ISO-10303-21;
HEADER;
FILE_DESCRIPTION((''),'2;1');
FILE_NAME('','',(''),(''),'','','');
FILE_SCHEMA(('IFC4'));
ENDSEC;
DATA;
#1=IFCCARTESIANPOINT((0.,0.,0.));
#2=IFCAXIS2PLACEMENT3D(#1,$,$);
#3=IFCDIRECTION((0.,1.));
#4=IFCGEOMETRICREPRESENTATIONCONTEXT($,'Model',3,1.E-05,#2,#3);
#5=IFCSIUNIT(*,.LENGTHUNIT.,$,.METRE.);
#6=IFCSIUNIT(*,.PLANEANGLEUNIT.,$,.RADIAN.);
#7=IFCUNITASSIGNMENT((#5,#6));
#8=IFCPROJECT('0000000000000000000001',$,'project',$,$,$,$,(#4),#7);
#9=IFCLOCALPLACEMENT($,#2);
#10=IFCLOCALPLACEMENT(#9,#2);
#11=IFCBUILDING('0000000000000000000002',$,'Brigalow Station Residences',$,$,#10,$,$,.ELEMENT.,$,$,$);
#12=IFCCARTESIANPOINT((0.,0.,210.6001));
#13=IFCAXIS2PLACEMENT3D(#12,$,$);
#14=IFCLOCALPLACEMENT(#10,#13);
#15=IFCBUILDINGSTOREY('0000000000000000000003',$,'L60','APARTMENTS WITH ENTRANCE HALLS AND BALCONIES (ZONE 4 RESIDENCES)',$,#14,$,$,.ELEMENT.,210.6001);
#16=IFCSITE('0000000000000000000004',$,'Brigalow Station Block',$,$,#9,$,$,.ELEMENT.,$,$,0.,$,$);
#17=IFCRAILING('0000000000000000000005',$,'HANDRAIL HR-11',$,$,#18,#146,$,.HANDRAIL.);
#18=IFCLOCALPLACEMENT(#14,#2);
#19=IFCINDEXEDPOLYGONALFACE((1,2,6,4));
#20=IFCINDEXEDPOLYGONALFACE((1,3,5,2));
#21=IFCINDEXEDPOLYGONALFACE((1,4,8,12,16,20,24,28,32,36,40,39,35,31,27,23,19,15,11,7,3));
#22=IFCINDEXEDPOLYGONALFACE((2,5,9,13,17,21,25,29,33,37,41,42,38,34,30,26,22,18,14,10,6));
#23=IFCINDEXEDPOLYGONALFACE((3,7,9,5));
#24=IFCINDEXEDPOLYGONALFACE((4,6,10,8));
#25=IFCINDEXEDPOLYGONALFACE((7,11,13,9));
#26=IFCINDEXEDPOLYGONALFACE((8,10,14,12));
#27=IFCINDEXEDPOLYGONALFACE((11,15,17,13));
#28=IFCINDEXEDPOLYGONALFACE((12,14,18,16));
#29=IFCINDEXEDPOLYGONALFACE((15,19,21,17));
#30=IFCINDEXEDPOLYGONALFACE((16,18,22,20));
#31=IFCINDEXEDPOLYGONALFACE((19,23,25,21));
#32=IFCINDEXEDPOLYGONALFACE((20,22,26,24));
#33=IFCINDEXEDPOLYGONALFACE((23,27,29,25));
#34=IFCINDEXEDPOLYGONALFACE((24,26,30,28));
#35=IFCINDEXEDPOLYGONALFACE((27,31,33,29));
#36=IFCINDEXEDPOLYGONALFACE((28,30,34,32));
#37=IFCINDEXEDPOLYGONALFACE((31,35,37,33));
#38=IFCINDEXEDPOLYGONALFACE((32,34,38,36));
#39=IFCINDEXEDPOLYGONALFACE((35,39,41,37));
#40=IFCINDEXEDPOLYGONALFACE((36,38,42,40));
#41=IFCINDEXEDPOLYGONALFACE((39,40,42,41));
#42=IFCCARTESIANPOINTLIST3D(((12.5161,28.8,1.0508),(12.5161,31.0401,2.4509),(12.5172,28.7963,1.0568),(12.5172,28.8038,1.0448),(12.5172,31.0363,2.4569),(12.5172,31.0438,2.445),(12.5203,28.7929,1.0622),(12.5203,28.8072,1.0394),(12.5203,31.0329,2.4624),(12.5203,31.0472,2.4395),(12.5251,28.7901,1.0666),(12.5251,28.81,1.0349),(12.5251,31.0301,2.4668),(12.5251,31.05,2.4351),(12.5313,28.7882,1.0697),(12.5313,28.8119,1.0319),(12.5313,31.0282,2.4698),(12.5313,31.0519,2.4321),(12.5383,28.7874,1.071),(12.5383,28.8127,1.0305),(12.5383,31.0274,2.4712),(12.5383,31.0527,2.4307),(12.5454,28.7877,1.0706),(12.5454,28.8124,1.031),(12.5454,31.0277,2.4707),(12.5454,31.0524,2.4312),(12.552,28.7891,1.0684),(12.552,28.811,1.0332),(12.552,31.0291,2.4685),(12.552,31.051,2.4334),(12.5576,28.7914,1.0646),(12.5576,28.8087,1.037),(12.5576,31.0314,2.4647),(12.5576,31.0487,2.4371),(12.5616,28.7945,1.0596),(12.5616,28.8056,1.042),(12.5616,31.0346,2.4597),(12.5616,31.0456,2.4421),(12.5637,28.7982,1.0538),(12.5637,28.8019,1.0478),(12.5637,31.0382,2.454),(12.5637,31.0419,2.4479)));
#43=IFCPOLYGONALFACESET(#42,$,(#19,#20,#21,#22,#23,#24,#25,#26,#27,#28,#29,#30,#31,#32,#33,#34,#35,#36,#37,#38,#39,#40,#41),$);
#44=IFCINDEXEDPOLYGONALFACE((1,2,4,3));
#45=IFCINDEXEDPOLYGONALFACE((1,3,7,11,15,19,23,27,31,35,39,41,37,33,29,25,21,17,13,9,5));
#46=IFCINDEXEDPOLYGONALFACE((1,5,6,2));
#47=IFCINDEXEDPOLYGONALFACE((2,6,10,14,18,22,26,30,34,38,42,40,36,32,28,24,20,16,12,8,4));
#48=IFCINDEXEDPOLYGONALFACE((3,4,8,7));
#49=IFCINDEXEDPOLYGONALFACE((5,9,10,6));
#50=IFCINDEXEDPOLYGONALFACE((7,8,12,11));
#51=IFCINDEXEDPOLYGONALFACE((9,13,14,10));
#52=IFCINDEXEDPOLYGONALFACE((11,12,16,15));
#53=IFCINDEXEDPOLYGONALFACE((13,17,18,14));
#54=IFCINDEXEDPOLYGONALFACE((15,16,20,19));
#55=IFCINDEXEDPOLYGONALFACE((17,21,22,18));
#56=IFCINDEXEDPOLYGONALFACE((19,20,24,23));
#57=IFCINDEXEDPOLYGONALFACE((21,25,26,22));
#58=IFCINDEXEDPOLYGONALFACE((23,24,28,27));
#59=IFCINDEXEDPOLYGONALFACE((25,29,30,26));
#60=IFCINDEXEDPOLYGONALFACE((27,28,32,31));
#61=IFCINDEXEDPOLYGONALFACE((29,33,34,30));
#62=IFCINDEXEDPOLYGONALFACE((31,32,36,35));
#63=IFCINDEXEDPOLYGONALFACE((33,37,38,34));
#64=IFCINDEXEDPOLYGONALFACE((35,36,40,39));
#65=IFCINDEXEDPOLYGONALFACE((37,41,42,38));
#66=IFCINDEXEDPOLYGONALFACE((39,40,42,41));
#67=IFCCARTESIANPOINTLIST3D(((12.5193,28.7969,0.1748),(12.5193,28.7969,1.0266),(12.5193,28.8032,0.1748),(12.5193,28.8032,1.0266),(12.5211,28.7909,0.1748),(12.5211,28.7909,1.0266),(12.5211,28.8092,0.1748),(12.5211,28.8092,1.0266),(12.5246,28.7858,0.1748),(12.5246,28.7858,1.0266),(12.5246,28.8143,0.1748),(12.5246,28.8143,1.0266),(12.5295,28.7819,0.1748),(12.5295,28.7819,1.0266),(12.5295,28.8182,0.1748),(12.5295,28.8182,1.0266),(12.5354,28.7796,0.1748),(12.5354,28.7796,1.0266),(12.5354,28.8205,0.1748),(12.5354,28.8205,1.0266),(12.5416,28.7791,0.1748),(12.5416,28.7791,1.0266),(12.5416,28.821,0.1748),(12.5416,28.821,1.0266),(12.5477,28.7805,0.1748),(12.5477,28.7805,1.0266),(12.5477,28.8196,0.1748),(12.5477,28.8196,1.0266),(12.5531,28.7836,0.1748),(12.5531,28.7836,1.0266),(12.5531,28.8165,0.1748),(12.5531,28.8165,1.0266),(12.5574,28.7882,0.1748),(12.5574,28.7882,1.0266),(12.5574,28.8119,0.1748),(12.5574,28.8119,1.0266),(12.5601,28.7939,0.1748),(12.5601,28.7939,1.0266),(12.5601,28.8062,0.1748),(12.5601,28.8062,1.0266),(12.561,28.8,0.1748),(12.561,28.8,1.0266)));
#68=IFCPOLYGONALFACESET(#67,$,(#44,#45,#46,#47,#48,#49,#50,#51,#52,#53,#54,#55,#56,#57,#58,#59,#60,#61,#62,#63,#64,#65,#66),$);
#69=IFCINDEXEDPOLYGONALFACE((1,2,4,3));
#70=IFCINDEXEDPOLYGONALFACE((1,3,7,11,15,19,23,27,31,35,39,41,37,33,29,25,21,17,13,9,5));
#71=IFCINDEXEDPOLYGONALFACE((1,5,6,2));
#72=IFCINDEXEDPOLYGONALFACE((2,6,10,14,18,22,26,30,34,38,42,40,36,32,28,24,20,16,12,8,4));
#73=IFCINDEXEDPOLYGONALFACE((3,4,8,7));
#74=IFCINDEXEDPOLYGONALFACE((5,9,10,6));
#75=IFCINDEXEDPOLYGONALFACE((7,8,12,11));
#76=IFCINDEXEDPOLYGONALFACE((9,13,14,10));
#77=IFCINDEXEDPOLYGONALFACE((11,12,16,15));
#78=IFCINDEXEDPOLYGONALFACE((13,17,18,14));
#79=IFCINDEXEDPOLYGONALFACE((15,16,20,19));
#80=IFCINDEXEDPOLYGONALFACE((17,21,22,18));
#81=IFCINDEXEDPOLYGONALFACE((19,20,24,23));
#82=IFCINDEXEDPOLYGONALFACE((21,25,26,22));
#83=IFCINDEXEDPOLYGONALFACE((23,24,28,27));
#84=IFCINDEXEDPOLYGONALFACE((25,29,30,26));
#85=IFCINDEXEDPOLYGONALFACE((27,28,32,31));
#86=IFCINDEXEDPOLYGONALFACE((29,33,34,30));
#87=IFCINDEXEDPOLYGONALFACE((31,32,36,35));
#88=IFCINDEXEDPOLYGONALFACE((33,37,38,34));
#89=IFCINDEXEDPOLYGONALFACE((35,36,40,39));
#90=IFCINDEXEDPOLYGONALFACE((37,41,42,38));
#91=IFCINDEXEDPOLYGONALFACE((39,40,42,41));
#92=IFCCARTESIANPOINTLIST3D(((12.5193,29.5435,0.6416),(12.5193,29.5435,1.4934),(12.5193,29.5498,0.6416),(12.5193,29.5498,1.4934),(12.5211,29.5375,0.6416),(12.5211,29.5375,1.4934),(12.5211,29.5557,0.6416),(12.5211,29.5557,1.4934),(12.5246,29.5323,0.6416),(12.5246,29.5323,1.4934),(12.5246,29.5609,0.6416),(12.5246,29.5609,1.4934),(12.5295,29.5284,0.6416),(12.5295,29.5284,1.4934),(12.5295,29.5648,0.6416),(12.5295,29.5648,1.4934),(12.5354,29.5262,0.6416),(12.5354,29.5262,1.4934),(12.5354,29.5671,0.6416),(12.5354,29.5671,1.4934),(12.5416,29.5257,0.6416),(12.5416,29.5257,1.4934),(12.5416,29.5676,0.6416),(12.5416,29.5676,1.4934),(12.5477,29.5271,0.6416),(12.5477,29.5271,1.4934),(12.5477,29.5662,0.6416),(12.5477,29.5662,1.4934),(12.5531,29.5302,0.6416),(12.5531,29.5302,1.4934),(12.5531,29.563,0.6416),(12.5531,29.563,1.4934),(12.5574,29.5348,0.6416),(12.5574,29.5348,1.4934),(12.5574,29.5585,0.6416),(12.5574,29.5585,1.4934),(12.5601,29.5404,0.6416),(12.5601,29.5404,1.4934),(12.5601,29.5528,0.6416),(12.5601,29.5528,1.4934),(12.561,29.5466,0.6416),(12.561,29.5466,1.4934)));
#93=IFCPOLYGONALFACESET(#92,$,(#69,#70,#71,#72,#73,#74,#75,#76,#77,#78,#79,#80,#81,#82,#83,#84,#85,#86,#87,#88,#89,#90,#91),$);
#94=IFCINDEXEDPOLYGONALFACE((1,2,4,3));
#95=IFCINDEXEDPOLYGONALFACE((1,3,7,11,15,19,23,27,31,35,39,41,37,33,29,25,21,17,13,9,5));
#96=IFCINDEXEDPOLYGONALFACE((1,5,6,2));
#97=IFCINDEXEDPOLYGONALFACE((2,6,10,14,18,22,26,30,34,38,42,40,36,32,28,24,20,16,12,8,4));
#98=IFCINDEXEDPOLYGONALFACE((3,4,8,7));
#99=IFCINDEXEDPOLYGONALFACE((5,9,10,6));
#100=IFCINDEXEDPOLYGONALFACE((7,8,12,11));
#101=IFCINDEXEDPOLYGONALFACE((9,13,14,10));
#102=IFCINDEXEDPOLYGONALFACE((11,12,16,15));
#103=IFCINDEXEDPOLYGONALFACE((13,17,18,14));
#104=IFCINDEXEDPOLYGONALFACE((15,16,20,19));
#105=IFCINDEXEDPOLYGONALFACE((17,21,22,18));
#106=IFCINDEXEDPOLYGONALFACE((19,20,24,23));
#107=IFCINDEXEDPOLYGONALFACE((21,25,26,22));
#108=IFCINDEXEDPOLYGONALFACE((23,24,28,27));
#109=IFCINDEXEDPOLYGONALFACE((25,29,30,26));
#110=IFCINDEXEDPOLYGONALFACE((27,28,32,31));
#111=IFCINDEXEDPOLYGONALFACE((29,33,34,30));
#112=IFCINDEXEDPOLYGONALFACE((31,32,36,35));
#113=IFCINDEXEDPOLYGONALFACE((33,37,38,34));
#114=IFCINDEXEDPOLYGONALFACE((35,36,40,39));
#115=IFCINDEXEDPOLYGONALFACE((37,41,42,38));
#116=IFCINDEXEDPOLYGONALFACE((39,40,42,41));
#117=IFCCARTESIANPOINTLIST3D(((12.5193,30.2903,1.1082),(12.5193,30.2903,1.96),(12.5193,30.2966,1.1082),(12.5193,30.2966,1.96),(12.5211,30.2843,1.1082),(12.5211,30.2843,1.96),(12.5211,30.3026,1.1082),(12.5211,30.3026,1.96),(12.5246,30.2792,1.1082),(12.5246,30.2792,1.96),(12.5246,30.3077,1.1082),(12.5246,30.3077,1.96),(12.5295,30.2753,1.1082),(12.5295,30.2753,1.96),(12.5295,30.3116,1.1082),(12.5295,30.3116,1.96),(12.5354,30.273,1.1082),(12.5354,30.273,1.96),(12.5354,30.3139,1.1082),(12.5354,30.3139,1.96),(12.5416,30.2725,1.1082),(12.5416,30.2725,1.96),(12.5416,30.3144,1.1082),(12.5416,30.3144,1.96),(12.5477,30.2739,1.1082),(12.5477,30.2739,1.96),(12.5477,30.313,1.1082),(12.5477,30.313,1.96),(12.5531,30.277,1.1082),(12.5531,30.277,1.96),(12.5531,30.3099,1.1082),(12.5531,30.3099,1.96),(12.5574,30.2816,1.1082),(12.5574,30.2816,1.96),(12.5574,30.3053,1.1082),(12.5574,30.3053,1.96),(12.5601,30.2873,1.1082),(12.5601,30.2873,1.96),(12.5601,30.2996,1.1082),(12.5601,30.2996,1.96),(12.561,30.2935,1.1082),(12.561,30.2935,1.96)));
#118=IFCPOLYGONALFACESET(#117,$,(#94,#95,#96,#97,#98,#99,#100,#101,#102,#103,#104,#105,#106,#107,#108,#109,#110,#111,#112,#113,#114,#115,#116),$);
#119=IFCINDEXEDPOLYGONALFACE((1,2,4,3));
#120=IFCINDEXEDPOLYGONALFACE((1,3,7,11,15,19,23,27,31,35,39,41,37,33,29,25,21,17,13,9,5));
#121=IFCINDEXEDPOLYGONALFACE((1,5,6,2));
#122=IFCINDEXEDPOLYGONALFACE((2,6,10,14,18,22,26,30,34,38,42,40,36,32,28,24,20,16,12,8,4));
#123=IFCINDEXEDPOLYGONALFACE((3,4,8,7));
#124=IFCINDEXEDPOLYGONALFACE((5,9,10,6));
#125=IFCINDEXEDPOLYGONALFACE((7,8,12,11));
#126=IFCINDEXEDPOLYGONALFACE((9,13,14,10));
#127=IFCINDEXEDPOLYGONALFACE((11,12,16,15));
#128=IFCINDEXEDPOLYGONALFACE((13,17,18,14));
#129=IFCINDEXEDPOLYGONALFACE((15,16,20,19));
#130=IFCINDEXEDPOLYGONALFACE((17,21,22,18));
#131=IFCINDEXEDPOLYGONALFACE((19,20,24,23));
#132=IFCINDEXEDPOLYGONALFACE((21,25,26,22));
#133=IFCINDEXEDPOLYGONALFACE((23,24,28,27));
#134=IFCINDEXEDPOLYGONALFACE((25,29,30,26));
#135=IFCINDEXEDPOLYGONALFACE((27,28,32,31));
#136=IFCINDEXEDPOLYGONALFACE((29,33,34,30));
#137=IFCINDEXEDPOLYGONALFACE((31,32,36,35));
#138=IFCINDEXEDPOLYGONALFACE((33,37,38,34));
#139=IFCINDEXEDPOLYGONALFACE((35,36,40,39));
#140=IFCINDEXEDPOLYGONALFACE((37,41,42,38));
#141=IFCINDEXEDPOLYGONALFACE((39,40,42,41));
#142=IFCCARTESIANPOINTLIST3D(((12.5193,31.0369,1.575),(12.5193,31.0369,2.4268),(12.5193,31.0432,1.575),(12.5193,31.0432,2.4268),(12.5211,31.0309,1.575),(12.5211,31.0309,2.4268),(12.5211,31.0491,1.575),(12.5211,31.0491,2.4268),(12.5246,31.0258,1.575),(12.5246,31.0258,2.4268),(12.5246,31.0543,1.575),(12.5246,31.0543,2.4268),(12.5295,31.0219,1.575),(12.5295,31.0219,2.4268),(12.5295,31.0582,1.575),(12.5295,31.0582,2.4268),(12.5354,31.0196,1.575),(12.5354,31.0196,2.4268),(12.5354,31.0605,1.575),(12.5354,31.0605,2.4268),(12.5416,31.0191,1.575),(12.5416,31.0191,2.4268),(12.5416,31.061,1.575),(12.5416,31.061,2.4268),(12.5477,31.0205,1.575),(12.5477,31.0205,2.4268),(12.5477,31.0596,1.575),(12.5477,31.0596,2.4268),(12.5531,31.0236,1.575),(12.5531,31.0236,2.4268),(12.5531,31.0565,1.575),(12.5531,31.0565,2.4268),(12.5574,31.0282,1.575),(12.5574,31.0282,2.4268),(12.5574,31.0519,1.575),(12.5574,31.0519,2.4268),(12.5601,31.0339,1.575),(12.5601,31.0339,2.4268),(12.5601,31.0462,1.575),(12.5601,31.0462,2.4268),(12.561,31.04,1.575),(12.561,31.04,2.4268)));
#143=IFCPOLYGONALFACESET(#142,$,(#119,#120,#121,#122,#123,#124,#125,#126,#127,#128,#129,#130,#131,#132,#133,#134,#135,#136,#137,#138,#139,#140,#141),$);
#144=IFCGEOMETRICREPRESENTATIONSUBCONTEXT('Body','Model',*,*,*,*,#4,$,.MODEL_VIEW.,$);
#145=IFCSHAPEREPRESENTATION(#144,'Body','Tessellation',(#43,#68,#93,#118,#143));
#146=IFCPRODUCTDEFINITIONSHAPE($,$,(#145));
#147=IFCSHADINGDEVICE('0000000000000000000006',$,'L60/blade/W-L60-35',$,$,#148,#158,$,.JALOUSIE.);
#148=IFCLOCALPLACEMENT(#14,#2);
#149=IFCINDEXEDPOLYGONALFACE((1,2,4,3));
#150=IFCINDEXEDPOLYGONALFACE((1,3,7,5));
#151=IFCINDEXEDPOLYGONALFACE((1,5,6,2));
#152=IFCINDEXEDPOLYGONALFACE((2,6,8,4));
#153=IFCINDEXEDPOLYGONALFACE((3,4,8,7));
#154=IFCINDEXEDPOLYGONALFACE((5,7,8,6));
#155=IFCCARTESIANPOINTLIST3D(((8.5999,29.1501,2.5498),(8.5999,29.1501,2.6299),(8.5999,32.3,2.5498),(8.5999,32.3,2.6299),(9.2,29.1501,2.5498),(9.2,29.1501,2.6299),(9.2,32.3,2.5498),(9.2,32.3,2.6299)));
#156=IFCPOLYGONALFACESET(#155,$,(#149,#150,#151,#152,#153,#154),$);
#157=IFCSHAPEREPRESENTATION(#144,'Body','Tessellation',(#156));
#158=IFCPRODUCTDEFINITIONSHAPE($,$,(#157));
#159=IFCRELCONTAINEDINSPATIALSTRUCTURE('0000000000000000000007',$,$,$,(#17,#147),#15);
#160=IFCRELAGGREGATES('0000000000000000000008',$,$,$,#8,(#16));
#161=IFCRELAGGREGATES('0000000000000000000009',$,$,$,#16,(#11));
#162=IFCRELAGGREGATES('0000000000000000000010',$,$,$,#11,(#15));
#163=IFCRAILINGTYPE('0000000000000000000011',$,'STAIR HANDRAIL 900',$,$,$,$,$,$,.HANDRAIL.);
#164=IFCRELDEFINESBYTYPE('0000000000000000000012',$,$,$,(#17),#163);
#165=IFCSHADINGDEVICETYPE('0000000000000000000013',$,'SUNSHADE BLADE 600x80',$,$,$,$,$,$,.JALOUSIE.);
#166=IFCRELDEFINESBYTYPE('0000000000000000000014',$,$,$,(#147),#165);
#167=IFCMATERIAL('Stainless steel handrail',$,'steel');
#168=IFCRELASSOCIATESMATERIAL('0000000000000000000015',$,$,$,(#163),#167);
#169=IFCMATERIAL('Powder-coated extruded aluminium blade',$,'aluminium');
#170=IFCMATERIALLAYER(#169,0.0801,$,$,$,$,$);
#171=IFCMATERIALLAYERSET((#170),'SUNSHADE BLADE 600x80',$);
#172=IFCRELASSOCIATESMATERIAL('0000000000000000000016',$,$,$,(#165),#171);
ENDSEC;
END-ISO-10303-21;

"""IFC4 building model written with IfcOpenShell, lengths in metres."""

from ifc_helpers import new_model, si_unit, direction, frame, origin, origin_2d, place, context, subcontext, project, spatial, rectangle, circle, extrude, material, layer, layer_set, type_object, element, save


model = new_model("IFC4")

# Units and contexts
model_context = context("Model", 3, precision=1e-05, world=origin(), true_north=direction((0.0, 1.0)))
body_context = subcontext(model_context, "Body", "Model", "MODEL_VIEW")
ifc_project = project(units=[si_unit("LENGTHUNIT", "METRE"), si_unit("PLANEANGLEUNIT", "RADIAN")], contexts=[model_context])

# Site, building, storey
site_placement = place(None, origin())
site = spatial("IfcSite", under=ifc_project, at=site_placement, Name="Brigalow Station Block", CompositionType="ELEMENT", RefElevation=0.0)
building_placement = place(site_placement, origin())
building = spatial("IfcBuilding", under=site, at=building_placement, Name="Brigalow Station Residences", CompositionType="ELEMENT")
storey_placement = place(building_placement, frame((0.0, 0.0, 210.6001)))
storey = spatial("IfcBuildingStorey", under=building, at=storey_placement, Name="L60", Description="APARTMENTS WITH ENTRANCE HALLS AND BALCONIES (ZONE 4 RESIDENCES)", CompositionType="ELEMENT", Elevation=210.6001)

# Railing
ifc_material_1 = material(Name="Stainless steel handrail", Category="steel")
railing_type_1 = type_object("IfcRailingType", Name="STAIR HANDRAIL 900", PredefinedType="HANDRAIL", material=ifc_material_1)
railing_1_placement = place(storey_placement, frame((12.54, 28.8, 0.1748)))
element("IfcRailing", 1, at=railing_1_placement, inside=storey, type_object=railing_type_1, Name="HANDRAIL HR-11", PredefinedType="HANDRAIL", context=body_context, shape_type="SweptSolid", body=[
    extrude(circle(Radius=0.0239, at=origin_2d()), frame((0.0, 0.0, 0.876), z_axis=(0.0, 0.847972, 0.53004), x_axis=(-1.0, 0.0, 0.0)), (0.0, 0.0, 1.0), 2.6416),
    extrude(circle(Radius=0.021, at=origin_2d()), origin(), (0.0, 0.0, 1.0), 0.8518),
    extrude(circle(Radius=0.021, at=origin_2d()), frame((0.0, 0.7466, 0.4668)), (0.0, 0.0, 1.0), 0.8518),
    extrude(circle(Radius=0.021, at=origin_2d()), frame((0.0, 1.4934, 0.9333)), (0.0, 0.0, 1.0), 0.8518),
    extrude(circle(Radius=0.021, at=origin_2d()), frame((0.0, 2.24, 1.4001)), (0.0, 0.0, 1.0), 0.8518),
])

# Shading device
ifc_material_2 = material(Name="Powder-coated extruded aluminium blade", Category="aluminium")
ifc_layer_1 = layer(ifc_material_2, 0.0801)
ifc_layer_set_1 = layer_set([ifc_layer_1], Name="SUNSHADE BLADE 600x80")
shading_device_type = type_object("IfcShadingDeviceType", Name="SUNSHADE BLADE 600x80", PredefinedType="JALOUSIE", material=ifc_layer_set_1)
shading_device_placement = place(storey_placement, frame((8.8999, 30.7251, 2.5498), z_axis=(0.0, 0.0, 1.0), x_axis=(0.0, -1.0, 0.0)))
element("IfcShadingDevice", 2, at=shading_device_placement, inside=storey, type_object=shading_device_type, Name="L60/blade/W-L60-35", PredefinedType="JALOUSIE", context=body_context, shape_type="SweptSolid", body=[
    extrude(rectangle(XDim=3.1499, YDim=0.6001, at=origin_2d()), origin(), (0.0, 0.0, 1.0), 0.0801),
])

save(model, "model.ifc")
